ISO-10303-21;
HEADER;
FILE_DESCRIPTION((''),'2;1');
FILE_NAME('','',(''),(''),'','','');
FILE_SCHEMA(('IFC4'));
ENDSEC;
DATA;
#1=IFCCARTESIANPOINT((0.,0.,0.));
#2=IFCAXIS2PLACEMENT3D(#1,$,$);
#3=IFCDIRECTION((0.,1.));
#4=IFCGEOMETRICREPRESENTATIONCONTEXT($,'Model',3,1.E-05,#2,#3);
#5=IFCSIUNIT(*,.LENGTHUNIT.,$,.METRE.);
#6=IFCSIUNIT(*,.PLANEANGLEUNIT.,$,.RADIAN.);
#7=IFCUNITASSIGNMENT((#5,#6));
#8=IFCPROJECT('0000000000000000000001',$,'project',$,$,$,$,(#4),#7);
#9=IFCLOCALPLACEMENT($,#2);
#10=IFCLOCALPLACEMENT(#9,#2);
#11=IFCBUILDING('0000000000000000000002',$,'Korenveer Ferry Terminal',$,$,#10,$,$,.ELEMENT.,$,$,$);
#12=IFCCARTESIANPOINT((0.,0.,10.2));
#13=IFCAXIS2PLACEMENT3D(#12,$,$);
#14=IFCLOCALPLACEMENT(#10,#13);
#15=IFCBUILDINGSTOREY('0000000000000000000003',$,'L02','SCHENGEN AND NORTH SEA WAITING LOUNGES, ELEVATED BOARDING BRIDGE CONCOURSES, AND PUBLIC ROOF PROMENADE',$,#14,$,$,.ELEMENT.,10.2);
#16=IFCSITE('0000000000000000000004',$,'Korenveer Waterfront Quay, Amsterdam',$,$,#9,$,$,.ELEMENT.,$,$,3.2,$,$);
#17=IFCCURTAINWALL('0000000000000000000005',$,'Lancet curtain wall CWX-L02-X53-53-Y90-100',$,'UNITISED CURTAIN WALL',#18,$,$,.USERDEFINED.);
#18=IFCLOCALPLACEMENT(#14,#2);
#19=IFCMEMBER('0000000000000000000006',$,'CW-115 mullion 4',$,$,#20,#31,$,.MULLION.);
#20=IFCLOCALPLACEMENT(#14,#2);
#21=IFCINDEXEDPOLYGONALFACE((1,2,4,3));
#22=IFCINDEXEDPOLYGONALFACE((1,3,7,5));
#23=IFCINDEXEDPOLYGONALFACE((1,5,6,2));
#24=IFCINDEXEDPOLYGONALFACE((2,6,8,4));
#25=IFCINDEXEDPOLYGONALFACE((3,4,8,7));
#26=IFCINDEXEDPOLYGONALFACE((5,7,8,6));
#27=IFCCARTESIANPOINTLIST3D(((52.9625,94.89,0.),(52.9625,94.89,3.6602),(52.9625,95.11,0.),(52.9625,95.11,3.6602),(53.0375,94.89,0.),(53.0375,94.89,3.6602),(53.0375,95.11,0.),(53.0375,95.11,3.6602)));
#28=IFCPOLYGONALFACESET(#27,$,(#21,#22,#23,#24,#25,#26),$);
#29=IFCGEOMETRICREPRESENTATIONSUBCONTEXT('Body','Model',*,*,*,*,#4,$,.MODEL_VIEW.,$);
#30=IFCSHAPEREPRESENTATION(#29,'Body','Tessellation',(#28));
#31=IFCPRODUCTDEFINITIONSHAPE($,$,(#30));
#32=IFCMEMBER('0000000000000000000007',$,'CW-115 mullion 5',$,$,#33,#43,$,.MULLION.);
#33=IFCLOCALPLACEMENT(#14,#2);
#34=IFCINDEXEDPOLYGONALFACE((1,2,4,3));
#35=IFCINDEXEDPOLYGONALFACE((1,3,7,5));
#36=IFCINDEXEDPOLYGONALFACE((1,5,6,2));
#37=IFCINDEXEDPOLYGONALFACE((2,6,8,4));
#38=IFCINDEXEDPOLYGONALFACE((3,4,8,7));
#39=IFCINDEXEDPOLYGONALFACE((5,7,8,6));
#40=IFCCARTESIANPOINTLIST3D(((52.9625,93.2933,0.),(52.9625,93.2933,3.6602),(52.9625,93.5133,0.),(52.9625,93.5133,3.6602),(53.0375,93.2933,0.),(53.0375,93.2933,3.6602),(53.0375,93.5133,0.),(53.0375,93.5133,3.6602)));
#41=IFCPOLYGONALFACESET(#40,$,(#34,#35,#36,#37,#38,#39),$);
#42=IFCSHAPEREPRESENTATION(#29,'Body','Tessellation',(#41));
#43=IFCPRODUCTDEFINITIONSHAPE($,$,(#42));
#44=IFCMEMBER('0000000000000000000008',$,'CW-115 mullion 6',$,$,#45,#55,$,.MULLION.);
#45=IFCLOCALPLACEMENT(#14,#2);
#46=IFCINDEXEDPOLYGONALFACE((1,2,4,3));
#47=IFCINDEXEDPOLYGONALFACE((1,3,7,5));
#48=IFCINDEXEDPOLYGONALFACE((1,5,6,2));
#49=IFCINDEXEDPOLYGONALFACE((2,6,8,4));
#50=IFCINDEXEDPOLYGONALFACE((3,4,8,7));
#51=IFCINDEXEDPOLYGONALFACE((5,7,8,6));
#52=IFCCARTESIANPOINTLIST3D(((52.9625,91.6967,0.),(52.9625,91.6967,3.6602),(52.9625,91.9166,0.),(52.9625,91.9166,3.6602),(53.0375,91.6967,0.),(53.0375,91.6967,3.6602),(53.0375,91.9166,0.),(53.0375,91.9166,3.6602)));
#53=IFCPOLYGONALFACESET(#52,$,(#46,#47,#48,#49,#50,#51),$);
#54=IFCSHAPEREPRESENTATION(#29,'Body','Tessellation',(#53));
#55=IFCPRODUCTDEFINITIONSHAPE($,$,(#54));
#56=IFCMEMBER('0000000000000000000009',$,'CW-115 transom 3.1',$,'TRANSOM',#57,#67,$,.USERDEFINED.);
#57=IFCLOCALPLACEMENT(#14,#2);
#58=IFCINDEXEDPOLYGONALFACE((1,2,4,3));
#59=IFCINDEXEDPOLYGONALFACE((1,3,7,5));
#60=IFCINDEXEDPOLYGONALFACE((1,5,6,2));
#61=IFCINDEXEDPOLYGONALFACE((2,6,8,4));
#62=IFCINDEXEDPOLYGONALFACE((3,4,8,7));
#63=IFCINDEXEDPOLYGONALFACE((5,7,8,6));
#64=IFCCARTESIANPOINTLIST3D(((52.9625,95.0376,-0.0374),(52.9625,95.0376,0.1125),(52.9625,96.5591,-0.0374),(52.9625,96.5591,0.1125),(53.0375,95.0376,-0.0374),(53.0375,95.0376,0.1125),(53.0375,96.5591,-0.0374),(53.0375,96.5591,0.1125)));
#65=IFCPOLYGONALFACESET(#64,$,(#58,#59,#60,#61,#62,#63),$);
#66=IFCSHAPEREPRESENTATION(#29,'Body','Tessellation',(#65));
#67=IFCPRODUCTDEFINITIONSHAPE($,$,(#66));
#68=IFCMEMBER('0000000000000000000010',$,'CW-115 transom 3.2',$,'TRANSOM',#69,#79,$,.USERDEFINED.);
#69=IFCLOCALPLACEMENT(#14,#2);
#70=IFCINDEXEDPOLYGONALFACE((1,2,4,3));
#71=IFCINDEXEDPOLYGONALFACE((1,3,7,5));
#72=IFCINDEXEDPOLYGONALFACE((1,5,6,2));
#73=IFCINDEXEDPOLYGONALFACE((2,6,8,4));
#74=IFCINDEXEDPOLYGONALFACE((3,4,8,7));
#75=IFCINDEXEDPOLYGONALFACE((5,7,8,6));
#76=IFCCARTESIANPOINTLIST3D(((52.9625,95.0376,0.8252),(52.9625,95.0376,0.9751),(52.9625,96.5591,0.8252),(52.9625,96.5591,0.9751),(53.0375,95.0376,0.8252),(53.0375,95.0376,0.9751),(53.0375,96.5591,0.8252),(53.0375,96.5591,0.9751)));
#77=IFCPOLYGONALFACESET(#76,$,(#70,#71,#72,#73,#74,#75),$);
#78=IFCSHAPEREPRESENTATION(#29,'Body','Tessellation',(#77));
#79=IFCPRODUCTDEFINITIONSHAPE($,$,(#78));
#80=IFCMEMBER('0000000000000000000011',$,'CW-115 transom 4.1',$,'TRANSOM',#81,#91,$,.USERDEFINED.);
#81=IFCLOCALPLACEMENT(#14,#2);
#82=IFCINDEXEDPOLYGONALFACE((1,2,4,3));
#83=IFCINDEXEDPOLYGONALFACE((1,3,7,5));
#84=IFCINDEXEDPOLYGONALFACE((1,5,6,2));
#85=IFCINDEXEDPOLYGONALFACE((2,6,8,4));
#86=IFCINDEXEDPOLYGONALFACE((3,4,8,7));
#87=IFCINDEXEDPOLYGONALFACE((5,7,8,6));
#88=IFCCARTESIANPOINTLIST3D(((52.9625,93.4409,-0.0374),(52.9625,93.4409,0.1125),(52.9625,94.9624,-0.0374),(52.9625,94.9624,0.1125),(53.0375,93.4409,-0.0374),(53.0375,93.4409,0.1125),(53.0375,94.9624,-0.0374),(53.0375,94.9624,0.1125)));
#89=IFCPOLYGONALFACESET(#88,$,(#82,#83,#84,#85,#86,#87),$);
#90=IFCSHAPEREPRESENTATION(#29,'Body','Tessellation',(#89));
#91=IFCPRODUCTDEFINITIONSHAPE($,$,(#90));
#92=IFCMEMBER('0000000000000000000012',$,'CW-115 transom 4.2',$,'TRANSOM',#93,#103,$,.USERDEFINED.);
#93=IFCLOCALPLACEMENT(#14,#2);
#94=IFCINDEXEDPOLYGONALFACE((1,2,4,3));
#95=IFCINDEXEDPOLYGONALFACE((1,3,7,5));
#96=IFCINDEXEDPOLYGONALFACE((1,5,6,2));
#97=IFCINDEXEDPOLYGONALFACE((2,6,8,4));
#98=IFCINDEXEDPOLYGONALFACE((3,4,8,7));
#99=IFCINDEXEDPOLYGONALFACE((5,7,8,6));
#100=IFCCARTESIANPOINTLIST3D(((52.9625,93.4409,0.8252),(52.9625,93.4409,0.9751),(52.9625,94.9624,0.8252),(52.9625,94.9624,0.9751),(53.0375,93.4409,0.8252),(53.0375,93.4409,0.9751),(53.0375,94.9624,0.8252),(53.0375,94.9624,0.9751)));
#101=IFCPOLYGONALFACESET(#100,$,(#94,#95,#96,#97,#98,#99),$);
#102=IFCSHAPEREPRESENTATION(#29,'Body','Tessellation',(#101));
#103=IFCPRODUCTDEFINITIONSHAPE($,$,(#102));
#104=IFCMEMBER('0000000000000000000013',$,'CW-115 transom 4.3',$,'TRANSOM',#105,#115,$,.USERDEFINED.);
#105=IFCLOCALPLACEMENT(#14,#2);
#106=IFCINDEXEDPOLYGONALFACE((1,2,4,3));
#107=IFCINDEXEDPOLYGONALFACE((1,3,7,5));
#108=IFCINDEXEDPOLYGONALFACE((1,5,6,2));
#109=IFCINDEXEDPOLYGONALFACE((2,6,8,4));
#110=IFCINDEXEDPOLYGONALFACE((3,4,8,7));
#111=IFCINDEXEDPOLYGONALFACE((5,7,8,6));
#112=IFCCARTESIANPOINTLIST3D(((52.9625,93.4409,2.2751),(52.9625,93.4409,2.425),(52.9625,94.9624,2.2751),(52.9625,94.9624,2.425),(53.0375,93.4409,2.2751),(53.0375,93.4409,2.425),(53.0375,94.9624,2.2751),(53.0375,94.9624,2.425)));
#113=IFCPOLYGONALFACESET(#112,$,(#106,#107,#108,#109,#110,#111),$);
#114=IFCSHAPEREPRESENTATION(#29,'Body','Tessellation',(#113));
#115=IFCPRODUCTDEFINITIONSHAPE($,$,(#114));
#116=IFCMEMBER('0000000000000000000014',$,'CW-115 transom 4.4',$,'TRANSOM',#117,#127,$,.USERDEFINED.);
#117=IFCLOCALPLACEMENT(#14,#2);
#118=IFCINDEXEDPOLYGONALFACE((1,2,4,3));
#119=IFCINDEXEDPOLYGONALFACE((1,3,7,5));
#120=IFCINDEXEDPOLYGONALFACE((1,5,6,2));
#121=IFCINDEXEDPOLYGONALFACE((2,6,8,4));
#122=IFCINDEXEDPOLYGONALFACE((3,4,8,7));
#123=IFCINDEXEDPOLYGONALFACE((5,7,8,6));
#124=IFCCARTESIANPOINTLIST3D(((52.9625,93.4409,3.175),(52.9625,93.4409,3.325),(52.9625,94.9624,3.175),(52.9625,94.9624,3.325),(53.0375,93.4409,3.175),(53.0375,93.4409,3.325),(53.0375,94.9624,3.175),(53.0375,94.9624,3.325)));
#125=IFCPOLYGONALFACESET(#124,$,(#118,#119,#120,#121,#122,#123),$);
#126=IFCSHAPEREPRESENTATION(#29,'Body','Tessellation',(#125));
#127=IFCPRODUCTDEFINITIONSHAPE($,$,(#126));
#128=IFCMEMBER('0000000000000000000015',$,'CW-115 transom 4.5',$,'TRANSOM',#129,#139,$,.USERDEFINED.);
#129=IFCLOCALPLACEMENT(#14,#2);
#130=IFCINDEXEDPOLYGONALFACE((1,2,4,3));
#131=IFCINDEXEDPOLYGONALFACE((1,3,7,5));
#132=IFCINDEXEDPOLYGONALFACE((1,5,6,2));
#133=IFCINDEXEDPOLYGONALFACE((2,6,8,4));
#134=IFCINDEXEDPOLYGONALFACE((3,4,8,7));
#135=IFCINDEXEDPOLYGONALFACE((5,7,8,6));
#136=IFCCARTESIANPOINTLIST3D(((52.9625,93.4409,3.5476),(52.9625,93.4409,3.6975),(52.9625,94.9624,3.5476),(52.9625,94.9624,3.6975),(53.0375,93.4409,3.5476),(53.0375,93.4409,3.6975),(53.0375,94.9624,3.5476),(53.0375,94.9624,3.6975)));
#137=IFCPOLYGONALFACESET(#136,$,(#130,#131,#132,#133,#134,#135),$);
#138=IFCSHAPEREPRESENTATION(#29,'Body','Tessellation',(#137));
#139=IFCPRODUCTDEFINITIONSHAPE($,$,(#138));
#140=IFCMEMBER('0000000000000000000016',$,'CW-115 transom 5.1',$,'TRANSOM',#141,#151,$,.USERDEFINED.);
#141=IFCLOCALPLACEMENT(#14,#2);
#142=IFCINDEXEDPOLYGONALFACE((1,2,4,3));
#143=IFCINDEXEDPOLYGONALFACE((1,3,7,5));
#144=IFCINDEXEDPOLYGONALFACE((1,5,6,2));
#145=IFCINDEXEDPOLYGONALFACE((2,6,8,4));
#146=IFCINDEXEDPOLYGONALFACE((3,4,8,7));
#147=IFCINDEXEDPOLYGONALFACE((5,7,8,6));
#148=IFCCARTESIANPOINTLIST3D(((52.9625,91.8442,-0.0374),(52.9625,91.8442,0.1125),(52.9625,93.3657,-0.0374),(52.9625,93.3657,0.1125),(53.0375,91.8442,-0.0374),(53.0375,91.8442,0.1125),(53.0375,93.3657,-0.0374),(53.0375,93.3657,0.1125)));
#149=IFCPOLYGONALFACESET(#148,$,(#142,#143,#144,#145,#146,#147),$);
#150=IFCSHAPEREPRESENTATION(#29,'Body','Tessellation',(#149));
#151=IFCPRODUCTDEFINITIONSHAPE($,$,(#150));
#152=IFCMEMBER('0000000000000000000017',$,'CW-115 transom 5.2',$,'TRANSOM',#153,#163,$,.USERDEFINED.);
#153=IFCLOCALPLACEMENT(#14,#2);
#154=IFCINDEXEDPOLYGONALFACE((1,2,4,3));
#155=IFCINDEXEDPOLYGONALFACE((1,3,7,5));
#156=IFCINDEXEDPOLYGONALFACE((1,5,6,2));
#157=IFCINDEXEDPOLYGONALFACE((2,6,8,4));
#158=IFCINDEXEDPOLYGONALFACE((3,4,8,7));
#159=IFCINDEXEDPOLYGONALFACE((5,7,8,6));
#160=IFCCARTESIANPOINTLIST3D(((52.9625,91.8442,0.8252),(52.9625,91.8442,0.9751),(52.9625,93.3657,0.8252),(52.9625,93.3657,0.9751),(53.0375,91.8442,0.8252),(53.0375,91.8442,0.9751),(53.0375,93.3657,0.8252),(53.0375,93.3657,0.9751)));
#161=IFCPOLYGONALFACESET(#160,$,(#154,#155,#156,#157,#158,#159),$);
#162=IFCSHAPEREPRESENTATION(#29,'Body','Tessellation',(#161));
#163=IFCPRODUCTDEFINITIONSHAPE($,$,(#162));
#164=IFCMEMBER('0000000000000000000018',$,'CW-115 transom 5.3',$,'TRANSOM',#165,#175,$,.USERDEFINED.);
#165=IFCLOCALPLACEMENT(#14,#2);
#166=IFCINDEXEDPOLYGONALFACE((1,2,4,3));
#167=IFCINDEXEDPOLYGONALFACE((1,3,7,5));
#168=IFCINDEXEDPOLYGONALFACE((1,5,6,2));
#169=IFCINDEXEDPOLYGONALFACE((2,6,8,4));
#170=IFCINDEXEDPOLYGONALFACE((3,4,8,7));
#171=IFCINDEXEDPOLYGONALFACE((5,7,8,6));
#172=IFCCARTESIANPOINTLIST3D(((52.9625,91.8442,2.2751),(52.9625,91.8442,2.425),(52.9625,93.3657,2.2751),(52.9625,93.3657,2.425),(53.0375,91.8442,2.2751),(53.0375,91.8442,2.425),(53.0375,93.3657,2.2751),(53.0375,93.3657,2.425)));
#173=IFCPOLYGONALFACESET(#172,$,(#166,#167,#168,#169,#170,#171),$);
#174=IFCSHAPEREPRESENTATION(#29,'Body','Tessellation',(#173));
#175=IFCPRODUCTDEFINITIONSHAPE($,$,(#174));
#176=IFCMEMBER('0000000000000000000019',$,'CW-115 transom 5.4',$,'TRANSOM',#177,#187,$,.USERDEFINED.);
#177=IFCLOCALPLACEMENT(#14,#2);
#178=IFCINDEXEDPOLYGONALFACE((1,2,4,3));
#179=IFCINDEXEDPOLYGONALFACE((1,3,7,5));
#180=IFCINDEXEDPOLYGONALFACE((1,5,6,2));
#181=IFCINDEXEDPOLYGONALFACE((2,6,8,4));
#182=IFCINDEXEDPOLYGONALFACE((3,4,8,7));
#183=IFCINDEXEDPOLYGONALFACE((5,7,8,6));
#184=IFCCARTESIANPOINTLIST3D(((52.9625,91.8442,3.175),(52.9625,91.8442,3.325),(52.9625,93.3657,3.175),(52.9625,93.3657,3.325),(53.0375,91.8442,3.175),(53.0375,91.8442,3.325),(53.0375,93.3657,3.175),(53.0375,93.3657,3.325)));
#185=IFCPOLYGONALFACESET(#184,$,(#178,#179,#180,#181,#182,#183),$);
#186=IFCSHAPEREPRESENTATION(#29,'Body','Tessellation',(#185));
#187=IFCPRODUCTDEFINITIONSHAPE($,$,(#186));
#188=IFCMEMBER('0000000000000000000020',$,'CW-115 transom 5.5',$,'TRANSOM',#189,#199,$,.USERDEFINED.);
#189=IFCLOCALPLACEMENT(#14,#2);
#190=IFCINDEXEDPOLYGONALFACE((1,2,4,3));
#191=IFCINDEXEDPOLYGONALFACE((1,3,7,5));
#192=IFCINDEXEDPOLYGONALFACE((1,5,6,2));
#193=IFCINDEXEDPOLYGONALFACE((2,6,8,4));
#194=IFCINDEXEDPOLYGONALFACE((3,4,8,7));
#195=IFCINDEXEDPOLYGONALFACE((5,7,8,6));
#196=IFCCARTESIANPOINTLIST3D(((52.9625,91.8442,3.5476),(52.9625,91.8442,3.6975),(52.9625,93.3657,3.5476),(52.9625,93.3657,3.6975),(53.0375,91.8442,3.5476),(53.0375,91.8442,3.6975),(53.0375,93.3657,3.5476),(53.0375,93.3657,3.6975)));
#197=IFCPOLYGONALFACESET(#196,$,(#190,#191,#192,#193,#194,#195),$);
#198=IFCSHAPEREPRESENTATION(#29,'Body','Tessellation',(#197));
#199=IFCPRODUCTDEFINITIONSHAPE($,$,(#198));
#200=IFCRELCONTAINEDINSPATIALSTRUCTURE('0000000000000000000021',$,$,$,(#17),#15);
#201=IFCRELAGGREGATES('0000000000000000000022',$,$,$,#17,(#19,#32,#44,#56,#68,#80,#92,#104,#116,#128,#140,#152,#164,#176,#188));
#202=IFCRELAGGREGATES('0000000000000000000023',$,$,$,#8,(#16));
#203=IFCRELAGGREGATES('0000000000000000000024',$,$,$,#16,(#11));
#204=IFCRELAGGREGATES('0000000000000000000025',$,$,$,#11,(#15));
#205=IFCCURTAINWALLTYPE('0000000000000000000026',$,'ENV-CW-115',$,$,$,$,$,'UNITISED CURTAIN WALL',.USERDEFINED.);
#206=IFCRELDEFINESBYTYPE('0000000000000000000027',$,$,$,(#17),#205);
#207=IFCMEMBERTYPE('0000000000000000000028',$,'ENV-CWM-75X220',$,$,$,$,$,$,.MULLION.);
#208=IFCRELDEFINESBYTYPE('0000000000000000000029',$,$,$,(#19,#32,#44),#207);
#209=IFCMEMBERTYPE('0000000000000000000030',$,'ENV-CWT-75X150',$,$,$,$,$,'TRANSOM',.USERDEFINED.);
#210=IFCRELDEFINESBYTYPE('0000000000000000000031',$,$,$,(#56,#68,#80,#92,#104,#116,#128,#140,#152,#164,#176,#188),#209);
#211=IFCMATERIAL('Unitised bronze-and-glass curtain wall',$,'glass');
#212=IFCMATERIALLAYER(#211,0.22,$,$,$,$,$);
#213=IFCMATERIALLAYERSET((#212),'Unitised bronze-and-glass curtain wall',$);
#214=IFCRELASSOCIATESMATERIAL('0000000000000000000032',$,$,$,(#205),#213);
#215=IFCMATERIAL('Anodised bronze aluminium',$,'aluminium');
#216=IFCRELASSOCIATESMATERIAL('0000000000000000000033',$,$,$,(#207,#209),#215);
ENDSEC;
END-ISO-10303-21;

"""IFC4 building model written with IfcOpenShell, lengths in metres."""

from ifc_helpers import new_model, si_unit, direction, frame, origin, origin_2d, place, context, subcontext, project, spatial, rectangle, extrude, material, layer, layer_set, material_profile, profile_set, type_object, element, aggregate, save


model = new_model("IFC4")

# Units and contexts
model_context = context("Model", 3, precision=1e-05, world=origin(), true_north=direction((0.0, 1.0)))
body_context = subcontext(model_context, "Body", "Model", "MODEL_VIEW")
ifc_project = project(units=[si_unit("LENGTHUNIT", "METRE"), si_unit("PLANEANGLEUNIT", "RADIAN")], contexts=[model_context])

# Site, building, storey
site_placement = place(None, origin())
site = spatial("IfcSite", under=ifc_project, at=site_placement, Name="Korenveer Waterfront Quay, Amsterdam", CompositionType="ELEMENT", RefElevation=3.2)
building_placement = place(site_placement, origin())
building = spatial("IfcBuilding", under=site, at=building_placement, Name="Korenveer Ferry Terminal", CompositionType="ELEMENT")
storey_placement = place(building_placement, frame((0.0, 0.0, 10.2)))
storey = spatial("IfcBuildingStorey", under=building, at=storey_placement, Name="L02", Description="SCHENGEN AND NORTH SEA WAITING LOUNGES, ELEVATED BOARDING BRIDGE CONCOURSES, AND PUBLIC ROOF PROMENADE", CompositionType="ELEMENT", Elevation=10.2)

# Curtain wall, members
ifc_material_1 = material(Name="Unitised bronze-and-glass curtain wall", Category="glass")
ifc_layer_1 = layer(ifc_material_1, 0.22)
ifc_layer_set_1 = layer_set([ifc_layer_1], Name="Unitised bronze-and-glass curtain wall")
curtain_wall_type = type_object("IfcCurtainWallType", Name="ENV-CW-115", ElementType="UNITISED CURTAIN WALL", PredefinedType="USERDEFINED", material=ifc_layer_set_1)
curtain_wall_placement = place(storey_placement, frame((53.0, 99.79, 0.0)))
curtain_wall = element("IfcCurtainWall", 1, at=curtain_wall_placement, inside=storey, type_object=curtain_wall_type, Name="Lancet curtain wall CWX-L02-X53-53-Y90-100", ObjectType="UNITISED CURTAIN WALL", PredefinedType="USERDEFINED")
ifc_material_2 = material(Name="Anodised bronze aluminium", Category="aluminium")
ifc_material_profile_1 = material_profile(ifc_material_2, rectangle(XDim=0.075, YDim=0.22, at=origin_2d()), Name="ALU 75x220")
ifc_profile_set_1 = profile_set([ifc_material_profile_1], Name="Anodised bronze aluminium")
member_type_1 = type_object("IfcMemberType", Name="ENV-CWM-75X220", PredefinedType="MULLION", material=ifc_profile_set_1)
member_1_placement = place(storey_placement, frame((53.0, 95.0, 0.0), z_axis=(0.0, 0.0, 1.0), x_axis=(1.0, 0.0, 0.0)))
member_1 = element("IfcMember", 2, at=member_1_placement, type_object=member_type_1, Name="CW-115 mullion 4", PredefinedType="MULLION", context=body_context, shape_type="SweptSolid", body=[
    extrude(rectangle(XDim=0.075, YDim=0.22, at=origin_2d()), origin(), (0.0, 0.0, 1.0), 3.6602),
])
member_2_placement = place(storey_placement, frame((53.0, 93.4033, 0.0), z_axis=(0.0, 0.0, 1.0), x_axis=(1.0, 0.0, 0.0)))
member_2 = element("IfcMember", 3, at=member_2_placement, type_object=member_type_1, Name="CW-115 mullion 5", PredefinedType="MULLION", context=body_context, shape_type="SweptSolid", body=[
    extrude(rectangle(XDim=0.075, YDim=0.22, at=origin_2d()), origin(), (0.0, 0.0, 1.0), 3.6602),
])
member_3_placement = place(storey_placement, frame((53.0, 91.8066, 0.0), z_axis=(0.0, 0.0, 1.0), x_axis=(1.0, 0.0, 0.0)))
member_3 = element("IfcMember", 4, at=member_3_placement, type_object=member_type_1, Name="CW-115 mullion 6", PredefinedType="MULLION", context=body_context, shape_type="SweptSolid", body=[
    extrude(rectangle(XDim=0.075, YDim=0.22, at=origin_2d()), origin(), (0.0, 0.0, 1.0), 3.6602),
])
ifc_material_profile_2 = material_profile(ifc_material_2, rectangle(XDim=0.075, YDim=0.1499, at=origin_2d()), Name="ALU 75x150")
ifc_profile_set_2 = profile_set([ifc_material_profile_2], Name="Anodised bronze aluminium")
member_type_2 = type_object("IfcMemberType", Name="ENV-CWT-75X150", ElementType="TRANSOM", PredefinedType="USERDEFINED", material=ifc_profile_set_2)
member_4_placement = place(storey_placement, frame((53.0, 96.5591, 0.0376), z_axis=(0.0, -1.0, 0.0), x_axis=(1.0, 0.0, 0.0)))
member_4 = element("IfcMember", 5, at=member_4_placement, type_object=member_type_2, Name="CW-115 transom 3.1", ObjectType="TRANSOM", PredefinedType="USERDEFINED", context=body_context, shape_type="SweptSolid", body=[
    extrude(rectangle(XDim=0.075, YDim=0.1499, at=origin_2d()), origin(), (0.0, 0.0, 1.0), 1.5215),
])
member_5_placement = place(storey_placement, frame((53.0, 96.5591, 0.9001), z_axis=(0.0, -1.0, 0.0), x_axis=(1.0, 0.0, 0.0)))
member_5 = element("IfcMember", 6, at=member_5_placement, type_object=member_type_2, Name="CW-115 transom 3.2", ObjectType="TRANSOM", PredefinedType="USERDEFINED", context=body_context, shape_type="SweptSolid", body=[
    extrude(rectangle(XDim=0.075, YDim=0.1499, at=origin_2d()), origin(), (0.0, 0.0, 1.0), 1.5215),
])
member_6_placement = place(storey_placement, frame((53.0, 94.9624, 0.0376), z_axis=(0.0, -1.0, 0.0), x_axis=(1.0, 0.0, 0.0)))
member_6 = element("IfcMember", 7, at=member_6_placement, type_object=member_type_2, Name="CW-115 transom 4.1", ObjectType="TRANSOM", PredefinedType="USERDEFINED", context=body_context, shape_type="SweptSolid", body=[
    extrude(rectangle(XDim=0.075, YDim=0.1499, at=origin_2d()), origin(), (0.0, 0.0, 1.0), 1.5215),
])
member_7_placement = place(storey_placement, frame((53.0, 94.9624, 0.9001), z_axis=(0.0, -1.0, 0.0), x_axis=(1.0, 0.0, 0.0)))
member_7 = element("IfcMember", 8, at=member_7_placement, type_object=member_type_2, Name="CW-115 transom 4.2", ObjectType="TRANSOM", PredefinedType="USERDEFINED", context=body_context, shape_type="SweptSolid", body=[
    extrude(rectangle(XDim=0.075, YDim=0.1499, at=origin_2d()), origin(), (0.0, 0.0, 1.0), 1.5215),
])
member_8_placement = place(storey_placement, frame((53.0, 94.9624, 2.3501), z_axis=(0.0, -1.0, 0.0), x_axis=(1.0, 0.0, 0.0)))
member_8 = element("IfcMember", 9, at=member_8_placement, type_object=member_type_2, Name="CW-115 transom 4.3", ObjectType="TRANSOM", PredefinedType="USERDEFINED", context=body_context, shape_type="SweptSolid", body=[
    extrude(rectangle(XDim=0.075, YDim=0.1499, at=origin_2d()), origin(), (0.0, 0.0, 1.0), 1.5215),
])
member_9_placement = place(storey_placement, frame((53.0, 94.9624, 3.25), z_axis=(0.0, -1.0, 0.0), x_axis=(1.0, 0.0, 0.0)))
member_9 = element("IfcMember", 10, at=member_9_placement, type_object=member_type_2, Name="CW-115 transom 4.4", ObjectType="TRANSOM", PredefinedType="USERDEFINED", context=body_context, shape_type="SweptSolid", body=[
    extrude(rectangle(XDim=0.075, YDim=0.1499, at=origin_2d()), origin(), (0.0, 0.0, 1.0), 1.5215),
])
member_10_placement = place(storey_placement, frame((53.0, 94.9624, 3.6226), z_axis=(0.0, -1.0, 0.0), x_axis=(1.0, 0.0, 0.0)))
member_10 = element("IfcMember", 11, at=member_10_placement, type_object=member_type_2, Name="CW-115 transom 4.5", ObjectType="TRANSOM", PredefinedType="USERDEFINED", context=body_context, shape_type="SweptSolid", body=[
    extrude(rectangle(XDim=0.075, YDim=0.1499, at=origin_2d()), origin(), (0.0, 0.0, 1.0), 1.5215),
])
member_11_placement = place(storey_placement, frame((53.0, 93.3657, 0.0376), z_axis=(0.0, -1.0, 0.0), x_axis=(1.0, 0.0, 0.0)))
member_11 = element("IfcMember", 12, at=member_11_placement, type_object=member_type_2, Name="CW-115 transom 5.1", ObjectType="TRANSOM", PredefinedType="USERDEFINED", context=body_context, shape_type="SweptSolid", body=[
    extrude(rectangle(XDim=0.075, YDim=0.1499, at=origin_2d()), origin(), (0.0, 0.0, 1.0), 1.5215),
])
member_12_placement = place(storey_placement, frame((53.0, 93.3657, 0.9001), z_axis=(0.0, -1.0, 0.0), x_axis=(1.0, 0.0, 0.0)))
member_12 = element("IfcMember", 13, at=member_12_placement, type_object=member_type_2, Name="CW-115 transom 5.2", ObjectType="TRANSOM", PredefinedType="USERDEFINED", context=body_context, shape_type="SweptSolid", body=[
    extrude(rectangle(XDim=0.075, YDim=0.1499, at=origin_2d()), origin(), (0.0, 0.0, 1.0), 1.5215),
])
member_13_placement = place(storey_placement, frame((53.0, 93.3657, 2.3501), z_axis=(0.0, -1.0, 0.0), x_axis=(1.0, 0.0, 0.0)))
member_13 = element("IfcMember", 14, at=member_13_placement, type_object=member_type_2, Name="CW-115 transom 5.3", ObjectType="TRANSOM", PredefinedType="USERDEFINED", context=body_context, shape_type="SweptSolid", body=[
    extrude(rectangle(XDim=0.075, YDim=0.1499, at=origin_2d()), origin(), (0.0, 0.0, 1.0), 1.5215),
])
member_14_placement = place(storey_placement, frame((53.0, 93.3657, 3.25), z_axis=(0.0, -1.0, 0.0), x_axis=(1.0, 0.0, 0.0)))
member_14 = element("IfcMember", 15, at=member_14_placement, type_object=member_type_2, Name="CW-115 transom 5.4", ObjectType="TRANSOM", PredefinedType="USERDEFINED", context=body_context, shape_type="SweptSolid", body=[
    extrude(rectangle(XDim=0.075, YDim=0.1499, at=origin_2d()), origin(), (0.0, 0.0, 1.0), 1.5215),
])
member_15_placement = place(storey_placement, frame((53.0, 93.3657, 3.6226), z_axis=(0.0, -1.0, 0.0), x_axis=(1.0, 0.0, 0.0)))
member_15 = element("IfcMember", 16, at=member_15_placement, type_object=member_type_2, Name="CW-115 transom 5.5", ObjectType="TRANSOM", PredefinedType="USERDEFINED", context=body_context, shape_type="SweptSolid", body=[
    extrude(rectangle(XDim=0.075, YDim=0.1499, at=origin_2d()), origin(), (0.0, 0.0, 1.0), 1.5215),
])
aggregate(curtain_wall, [member_1, member_2, member_3, member_4, member_5, member_6, member_7, member_8, member_9, member_10, member_11, member_12, member_13, member_14, member_15])

save(model, "model.ifc")
